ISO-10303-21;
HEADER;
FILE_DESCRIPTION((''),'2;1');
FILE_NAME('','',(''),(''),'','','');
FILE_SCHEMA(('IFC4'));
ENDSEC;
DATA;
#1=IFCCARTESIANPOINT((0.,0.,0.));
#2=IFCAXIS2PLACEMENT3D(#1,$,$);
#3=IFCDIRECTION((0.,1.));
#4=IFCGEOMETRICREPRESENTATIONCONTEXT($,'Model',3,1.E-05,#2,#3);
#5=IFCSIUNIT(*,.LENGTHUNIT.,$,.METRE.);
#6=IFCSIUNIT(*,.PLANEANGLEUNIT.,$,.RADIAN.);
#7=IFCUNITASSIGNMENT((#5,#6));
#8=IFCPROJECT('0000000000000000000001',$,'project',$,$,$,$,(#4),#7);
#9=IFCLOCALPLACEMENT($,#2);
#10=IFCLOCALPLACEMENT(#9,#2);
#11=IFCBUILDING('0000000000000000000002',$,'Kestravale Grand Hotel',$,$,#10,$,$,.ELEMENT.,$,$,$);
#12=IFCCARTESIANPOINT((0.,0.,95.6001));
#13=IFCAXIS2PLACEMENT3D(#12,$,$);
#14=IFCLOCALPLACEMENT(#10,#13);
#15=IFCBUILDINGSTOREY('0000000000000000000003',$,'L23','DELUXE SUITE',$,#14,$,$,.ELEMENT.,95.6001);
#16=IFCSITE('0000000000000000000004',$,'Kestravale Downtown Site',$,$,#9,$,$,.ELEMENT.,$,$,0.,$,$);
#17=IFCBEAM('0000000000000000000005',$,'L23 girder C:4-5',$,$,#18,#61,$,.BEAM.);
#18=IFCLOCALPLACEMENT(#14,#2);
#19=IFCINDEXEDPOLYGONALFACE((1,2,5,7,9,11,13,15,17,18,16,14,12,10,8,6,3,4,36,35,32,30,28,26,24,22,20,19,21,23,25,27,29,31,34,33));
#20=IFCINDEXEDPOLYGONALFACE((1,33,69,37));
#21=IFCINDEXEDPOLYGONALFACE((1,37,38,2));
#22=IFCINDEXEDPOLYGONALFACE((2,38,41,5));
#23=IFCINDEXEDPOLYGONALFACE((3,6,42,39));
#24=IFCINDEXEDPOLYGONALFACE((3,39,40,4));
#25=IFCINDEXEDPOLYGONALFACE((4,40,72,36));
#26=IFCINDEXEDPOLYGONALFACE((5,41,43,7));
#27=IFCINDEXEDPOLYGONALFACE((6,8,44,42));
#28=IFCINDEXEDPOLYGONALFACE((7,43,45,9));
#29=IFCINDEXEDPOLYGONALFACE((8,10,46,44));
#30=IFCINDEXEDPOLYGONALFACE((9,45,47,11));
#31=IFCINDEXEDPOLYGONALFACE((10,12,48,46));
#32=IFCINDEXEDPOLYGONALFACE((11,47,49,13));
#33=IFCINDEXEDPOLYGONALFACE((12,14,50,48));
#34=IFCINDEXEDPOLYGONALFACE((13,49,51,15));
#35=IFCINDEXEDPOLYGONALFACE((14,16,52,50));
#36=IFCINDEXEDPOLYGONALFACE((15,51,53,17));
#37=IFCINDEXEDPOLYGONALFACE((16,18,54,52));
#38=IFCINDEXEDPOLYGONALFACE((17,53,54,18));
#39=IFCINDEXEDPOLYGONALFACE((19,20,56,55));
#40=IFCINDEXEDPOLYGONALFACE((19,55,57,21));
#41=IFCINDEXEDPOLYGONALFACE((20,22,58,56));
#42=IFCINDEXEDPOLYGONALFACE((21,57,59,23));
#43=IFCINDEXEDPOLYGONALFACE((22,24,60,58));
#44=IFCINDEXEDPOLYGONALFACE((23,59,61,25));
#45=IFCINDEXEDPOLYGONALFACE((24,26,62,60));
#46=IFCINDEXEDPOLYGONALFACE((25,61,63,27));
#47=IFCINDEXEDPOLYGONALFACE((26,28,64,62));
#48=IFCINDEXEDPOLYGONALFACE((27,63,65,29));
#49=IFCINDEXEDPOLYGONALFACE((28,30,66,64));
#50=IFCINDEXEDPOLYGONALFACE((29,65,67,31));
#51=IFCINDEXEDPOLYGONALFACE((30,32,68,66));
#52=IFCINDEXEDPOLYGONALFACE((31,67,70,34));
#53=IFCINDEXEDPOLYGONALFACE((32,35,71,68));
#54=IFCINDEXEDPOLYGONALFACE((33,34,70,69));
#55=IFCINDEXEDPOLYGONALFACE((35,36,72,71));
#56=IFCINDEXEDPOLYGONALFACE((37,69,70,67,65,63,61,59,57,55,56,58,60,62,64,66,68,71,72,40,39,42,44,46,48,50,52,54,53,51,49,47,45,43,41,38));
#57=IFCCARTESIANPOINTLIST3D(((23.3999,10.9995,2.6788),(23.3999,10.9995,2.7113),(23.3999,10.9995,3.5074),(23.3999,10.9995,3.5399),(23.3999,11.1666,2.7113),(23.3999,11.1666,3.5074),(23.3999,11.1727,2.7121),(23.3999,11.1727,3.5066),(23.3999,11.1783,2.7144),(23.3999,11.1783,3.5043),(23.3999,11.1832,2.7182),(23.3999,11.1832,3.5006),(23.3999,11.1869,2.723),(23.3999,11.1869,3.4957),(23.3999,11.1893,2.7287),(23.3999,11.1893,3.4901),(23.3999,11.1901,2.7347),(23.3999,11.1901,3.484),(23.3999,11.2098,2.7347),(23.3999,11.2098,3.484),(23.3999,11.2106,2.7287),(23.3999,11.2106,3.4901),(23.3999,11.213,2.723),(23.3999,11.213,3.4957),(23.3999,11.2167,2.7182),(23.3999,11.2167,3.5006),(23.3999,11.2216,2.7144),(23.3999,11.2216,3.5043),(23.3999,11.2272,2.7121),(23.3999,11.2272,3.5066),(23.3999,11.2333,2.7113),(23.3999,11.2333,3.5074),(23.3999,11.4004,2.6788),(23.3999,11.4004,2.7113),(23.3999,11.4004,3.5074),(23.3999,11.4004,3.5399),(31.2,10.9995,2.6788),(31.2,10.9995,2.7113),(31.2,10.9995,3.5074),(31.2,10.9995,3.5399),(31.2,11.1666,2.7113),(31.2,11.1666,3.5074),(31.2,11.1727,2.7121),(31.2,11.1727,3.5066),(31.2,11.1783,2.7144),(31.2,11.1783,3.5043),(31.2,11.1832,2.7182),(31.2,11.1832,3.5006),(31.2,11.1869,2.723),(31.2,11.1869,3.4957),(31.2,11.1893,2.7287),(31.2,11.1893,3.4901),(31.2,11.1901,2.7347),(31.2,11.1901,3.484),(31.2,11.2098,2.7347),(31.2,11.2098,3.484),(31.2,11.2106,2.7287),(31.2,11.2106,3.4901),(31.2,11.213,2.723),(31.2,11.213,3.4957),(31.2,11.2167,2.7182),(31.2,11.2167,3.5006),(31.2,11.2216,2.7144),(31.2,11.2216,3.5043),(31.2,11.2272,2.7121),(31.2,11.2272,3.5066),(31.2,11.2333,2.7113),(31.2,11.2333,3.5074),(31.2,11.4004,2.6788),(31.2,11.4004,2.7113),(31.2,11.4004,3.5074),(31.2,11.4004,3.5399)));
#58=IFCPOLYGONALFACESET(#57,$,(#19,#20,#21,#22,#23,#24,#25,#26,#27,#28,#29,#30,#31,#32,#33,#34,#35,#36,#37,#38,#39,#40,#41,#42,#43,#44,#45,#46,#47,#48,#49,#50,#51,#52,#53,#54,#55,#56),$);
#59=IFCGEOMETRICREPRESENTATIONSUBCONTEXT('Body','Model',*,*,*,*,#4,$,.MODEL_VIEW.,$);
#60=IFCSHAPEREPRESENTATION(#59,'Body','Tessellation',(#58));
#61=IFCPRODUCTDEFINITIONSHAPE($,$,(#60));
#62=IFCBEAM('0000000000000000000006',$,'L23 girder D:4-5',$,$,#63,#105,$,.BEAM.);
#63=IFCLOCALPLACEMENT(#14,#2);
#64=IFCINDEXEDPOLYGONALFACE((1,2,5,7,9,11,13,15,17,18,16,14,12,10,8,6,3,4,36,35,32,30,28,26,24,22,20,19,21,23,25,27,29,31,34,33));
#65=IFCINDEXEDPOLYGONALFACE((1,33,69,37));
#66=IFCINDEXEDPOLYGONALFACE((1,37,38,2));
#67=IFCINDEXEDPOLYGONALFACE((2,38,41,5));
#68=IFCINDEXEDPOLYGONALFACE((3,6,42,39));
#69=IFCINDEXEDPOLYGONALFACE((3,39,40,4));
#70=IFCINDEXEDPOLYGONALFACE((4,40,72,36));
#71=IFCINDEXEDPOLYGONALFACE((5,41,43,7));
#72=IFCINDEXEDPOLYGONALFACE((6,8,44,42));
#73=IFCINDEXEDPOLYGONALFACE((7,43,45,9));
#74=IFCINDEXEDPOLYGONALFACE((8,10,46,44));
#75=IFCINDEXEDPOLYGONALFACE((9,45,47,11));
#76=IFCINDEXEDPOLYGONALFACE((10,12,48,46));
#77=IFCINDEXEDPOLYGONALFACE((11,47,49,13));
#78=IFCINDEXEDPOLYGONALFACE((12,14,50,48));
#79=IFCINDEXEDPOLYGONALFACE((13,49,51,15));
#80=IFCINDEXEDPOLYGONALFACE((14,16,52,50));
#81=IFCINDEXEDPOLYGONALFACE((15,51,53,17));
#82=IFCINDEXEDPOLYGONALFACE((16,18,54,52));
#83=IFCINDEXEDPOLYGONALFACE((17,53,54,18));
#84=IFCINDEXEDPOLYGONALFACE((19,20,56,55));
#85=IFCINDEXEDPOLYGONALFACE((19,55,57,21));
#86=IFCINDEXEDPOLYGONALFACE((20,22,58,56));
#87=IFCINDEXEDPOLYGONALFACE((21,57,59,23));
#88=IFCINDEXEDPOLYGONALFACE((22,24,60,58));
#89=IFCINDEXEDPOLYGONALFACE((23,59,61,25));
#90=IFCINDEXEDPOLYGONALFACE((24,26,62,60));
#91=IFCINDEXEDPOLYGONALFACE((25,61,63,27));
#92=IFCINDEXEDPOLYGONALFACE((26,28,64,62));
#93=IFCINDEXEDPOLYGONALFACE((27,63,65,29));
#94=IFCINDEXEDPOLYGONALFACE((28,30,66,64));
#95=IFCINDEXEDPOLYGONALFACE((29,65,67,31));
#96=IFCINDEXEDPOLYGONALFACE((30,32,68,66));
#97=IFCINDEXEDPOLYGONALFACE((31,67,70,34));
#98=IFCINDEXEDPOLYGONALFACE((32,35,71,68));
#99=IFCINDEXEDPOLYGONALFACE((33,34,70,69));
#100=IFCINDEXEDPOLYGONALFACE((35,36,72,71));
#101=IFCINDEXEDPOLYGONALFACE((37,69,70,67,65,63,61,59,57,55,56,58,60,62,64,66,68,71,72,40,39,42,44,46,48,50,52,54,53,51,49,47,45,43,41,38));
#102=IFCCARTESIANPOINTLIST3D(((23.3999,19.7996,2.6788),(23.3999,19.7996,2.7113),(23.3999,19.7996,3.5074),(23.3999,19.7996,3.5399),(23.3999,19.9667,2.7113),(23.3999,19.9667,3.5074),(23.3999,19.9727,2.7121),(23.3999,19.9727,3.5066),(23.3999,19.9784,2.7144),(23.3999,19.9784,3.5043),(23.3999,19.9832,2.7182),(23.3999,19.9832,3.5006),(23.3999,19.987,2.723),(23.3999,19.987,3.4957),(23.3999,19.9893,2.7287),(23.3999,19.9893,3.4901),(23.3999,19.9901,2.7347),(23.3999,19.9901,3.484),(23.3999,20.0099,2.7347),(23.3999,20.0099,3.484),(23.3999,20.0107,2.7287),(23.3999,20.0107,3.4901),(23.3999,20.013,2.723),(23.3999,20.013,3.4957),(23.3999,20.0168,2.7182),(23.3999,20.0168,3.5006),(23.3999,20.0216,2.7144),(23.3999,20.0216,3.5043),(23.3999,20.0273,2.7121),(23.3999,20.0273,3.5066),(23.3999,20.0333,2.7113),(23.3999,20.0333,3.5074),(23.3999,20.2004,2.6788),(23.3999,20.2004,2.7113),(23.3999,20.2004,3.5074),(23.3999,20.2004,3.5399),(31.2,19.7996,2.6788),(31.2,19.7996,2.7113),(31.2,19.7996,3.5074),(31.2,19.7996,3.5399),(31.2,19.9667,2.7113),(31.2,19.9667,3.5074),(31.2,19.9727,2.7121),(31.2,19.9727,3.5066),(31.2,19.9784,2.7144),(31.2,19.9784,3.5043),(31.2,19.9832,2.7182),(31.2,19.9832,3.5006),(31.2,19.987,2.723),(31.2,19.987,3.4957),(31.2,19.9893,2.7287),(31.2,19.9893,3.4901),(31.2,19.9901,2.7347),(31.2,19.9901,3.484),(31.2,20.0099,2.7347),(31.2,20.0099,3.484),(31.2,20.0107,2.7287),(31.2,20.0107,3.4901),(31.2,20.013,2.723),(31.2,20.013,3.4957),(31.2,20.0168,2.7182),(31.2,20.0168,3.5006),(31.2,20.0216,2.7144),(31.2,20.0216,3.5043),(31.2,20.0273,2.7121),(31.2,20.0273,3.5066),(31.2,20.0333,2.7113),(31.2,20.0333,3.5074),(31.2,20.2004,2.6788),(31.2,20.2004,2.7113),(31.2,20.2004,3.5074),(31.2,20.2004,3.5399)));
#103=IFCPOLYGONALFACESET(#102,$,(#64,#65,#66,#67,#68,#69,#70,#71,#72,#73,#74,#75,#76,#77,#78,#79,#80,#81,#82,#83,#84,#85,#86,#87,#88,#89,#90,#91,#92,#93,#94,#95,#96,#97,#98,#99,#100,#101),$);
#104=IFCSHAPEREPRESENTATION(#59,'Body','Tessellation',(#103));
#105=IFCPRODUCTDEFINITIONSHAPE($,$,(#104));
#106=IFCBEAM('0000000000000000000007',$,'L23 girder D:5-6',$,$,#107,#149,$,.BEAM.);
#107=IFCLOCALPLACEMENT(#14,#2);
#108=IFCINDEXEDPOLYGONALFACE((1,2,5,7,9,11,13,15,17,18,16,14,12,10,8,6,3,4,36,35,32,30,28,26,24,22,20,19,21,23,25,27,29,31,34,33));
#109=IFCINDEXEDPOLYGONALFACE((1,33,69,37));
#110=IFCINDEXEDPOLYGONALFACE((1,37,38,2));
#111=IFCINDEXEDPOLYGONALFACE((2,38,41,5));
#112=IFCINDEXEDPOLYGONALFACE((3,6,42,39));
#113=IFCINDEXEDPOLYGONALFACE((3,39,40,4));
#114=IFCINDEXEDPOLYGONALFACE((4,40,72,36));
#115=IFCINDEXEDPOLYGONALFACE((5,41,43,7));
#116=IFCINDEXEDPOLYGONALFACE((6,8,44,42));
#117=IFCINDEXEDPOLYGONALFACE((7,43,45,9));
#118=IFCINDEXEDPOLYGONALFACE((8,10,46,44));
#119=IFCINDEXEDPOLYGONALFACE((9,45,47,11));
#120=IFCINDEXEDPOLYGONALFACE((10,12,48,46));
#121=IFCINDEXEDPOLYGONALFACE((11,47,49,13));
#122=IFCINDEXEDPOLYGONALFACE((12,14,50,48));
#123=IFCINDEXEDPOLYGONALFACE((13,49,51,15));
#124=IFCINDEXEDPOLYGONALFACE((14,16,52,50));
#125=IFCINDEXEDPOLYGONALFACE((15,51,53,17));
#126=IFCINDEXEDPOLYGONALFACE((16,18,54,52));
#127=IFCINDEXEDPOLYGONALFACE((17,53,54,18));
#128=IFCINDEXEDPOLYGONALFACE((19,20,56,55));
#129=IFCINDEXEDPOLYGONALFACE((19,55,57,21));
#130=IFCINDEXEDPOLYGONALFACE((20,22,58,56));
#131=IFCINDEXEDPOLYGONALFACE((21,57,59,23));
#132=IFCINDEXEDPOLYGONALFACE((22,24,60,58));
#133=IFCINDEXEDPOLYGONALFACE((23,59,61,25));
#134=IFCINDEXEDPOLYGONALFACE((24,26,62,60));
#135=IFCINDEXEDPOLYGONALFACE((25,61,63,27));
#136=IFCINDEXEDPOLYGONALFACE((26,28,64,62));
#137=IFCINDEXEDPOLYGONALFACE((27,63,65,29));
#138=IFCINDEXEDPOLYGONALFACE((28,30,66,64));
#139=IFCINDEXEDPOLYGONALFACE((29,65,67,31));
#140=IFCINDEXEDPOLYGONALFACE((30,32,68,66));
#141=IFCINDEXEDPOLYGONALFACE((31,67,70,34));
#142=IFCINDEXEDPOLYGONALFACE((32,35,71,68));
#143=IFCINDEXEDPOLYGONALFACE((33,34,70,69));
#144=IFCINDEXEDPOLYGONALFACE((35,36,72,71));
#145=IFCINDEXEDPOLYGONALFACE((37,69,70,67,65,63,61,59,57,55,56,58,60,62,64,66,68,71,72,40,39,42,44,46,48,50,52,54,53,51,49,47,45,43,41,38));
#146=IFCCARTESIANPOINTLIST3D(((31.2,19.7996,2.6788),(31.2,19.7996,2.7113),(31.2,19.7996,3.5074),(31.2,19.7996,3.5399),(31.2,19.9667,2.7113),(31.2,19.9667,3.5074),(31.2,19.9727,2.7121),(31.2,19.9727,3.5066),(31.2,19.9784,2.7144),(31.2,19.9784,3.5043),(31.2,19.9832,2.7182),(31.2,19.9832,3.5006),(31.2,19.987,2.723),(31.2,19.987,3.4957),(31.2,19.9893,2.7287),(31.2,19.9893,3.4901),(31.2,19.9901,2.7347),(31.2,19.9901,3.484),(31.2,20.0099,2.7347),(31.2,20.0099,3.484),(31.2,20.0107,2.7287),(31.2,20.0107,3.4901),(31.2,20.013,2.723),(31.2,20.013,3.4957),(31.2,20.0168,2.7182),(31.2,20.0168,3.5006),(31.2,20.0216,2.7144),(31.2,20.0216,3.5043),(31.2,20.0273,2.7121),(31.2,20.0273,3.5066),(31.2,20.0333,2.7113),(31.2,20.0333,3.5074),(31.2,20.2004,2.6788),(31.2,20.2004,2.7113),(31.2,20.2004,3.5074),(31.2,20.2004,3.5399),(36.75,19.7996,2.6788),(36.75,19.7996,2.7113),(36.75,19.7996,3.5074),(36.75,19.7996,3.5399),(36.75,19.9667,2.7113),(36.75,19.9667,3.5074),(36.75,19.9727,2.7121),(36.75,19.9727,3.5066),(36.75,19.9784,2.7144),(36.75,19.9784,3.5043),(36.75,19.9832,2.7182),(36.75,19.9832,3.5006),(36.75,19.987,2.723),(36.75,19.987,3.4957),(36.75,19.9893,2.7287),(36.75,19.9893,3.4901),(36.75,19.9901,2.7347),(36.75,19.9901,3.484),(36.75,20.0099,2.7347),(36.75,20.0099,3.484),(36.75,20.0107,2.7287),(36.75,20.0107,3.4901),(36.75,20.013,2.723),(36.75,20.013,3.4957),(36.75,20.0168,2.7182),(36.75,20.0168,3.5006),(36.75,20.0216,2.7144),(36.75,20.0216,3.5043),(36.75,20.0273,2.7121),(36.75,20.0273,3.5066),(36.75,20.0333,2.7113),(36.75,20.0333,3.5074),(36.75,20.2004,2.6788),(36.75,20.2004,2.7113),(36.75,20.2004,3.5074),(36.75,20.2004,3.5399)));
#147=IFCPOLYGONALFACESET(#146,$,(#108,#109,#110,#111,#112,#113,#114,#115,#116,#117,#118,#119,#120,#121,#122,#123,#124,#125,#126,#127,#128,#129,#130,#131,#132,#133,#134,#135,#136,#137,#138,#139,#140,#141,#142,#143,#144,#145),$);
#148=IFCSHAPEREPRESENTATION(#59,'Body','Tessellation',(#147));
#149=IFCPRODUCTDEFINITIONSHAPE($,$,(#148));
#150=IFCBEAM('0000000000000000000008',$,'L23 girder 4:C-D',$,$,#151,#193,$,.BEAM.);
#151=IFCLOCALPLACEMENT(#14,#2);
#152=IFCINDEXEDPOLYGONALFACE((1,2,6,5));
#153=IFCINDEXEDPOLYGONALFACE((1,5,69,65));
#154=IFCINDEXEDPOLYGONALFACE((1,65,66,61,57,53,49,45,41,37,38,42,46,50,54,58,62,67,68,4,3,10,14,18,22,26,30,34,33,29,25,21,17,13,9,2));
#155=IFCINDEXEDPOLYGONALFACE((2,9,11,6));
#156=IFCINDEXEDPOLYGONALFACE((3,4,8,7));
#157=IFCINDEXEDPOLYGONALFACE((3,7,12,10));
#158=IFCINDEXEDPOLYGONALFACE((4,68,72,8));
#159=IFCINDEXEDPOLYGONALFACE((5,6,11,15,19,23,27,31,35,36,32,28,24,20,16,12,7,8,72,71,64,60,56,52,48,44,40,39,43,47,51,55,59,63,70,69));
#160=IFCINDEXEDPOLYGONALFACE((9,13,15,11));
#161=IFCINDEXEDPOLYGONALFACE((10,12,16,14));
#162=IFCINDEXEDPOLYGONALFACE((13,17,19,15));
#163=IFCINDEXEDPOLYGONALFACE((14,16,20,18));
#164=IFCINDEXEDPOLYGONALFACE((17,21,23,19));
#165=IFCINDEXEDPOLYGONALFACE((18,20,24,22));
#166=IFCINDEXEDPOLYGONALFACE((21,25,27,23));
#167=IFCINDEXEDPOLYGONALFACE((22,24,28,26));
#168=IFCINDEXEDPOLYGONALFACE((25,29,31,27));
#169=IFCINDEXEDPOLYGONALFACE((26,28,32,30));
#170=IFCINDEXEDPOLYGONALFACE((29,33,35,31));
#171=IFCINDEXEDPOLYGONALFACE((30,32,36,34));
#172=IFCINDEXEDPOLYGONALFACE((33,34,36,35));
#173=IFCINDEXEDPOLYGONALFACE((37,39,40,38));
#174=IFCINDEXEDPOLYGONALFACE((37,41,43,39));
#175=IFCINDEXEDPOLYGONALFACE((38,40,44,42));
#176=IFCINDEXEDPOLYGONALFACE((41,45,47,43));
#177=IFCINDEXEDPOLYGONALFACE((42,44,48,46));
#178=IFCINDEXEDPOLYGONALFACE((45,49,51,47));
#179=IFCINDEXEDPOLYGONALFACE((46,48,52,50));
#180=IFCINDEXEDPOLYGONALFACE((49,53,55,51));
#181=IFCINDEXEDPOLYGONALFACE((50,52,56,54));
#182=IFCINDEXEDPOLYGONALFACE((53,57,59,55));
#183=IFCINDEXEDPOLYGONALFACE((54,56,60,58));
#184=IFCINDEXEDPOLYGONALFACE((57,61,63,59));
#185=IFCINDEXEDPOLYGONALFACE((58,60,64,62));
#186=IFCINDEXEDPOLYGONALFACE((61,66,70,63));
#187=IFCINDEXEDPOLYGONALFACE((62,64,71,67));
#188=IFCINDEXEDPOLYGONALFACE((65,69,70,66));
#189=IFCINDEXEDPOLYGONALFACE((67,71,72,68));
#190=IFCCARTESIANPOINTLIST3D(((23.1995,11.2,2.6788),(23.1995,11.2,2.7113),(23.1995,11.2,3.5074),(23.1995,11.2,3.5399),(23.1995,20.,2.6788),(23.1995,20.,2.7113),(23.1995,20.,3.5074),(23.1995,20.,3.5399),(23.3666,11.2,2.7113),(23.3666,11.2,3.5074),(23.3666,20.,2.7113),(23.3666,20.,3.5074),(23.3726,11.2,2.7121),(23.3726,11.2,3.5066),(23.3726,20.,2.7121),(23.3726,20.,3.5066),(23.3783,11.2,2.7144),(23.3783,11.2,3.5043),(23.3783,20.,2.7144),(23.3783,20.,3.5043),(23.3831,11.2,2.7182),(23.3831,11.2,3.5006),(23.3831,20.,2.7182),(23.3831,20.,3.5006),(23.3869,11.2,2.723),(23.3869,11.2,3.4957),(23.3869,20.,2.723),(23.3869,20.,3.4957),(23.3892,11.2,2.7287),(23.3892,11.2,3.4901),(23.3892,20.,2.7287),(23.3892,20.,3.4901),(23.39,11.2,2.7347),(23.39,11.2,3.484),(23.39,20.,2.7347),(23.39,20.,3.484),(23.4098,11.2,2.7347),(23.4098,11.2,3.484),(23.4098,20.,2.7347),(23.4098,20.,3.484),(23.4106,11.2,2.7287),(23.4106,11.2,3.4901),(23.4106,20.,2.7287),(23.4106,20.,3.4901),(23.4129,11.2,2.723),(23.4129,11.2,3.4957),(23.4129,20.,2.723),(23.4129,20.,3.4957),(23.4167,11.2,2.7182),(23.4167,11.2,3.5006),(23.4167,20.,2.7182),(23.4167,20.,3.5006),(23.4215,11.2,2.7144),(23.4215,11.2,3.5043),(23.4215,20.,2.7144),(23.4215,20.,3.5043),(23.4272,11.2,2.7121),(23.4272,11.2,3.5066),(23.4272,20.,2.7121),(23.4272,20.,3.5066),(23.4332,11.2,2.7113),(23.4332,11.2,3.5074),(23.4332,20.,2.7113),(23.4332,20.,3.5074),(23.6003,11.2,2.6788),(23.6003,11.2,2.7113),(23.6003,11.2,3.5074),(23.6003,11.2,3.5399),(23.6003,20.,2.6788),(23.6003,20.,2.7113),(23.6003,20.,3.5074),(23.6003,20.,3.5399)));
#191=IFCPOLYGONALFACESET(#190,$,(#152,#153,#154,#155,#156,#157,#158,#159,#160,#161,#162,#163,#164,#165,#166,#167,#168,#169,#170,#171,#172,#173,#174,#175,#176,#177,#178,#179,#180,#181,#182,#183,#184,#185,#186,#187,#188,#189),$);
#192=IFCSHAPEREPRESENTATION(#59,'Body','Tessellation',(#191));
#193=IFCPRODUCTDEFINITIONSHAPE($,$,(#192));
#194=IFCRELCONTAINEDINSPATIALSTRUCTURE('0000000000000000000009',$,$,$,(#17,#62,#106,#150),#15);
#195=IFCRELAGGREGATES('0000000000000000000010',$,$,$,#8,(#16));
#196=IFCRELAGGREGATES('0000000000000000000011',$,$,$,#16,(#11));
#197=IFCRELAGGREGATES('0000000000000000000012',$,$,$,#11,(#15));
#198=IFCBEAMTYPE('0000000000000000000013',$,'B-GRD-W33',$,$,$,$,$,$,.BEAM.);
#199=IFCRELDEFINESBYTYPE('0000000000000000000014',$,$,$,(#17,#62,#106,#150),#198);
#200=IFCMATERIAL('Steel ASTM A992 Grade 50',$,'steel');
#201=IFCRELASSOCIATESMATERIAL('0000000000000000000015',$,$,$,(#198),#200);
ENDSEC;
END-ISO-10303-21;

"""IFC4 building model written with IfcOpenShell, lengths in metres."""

from ifc_helpers import new_model, si_unit, direction, frame, origin, origin_2d, place, context, subcontext, project, spatial, i_section, extrude, material, material_profile, profile_set, type_object, element, save


model = new_model("IFC4")

# Units and contexts
model_context = context("Model", 3, precision=1e-05, world=origin(), true_north=direction((0.0, 1.0)))
body_context = subcontext(model_context, "Body", "Model", "MODEL_VIEW")
ifc_project = project(units=[si_unit("LENGTHUNIT", "METRE"), si_unit("PLANEANGLEUNIT", "RADIAN")], contexts=[model_context])

# Site, building, storey
site_placement = place(None, origin())
site = spatial("IfcSite", under=ifc_project, at=site_placement, Name="Kestravale Downtown Site", CompositionType="ELEMENT", RefElevation=0.0)
building_placement = place(site_placement, origin())
building = spatial("IfcBuilding", under=site, at=building_placement, Name="Kestravale Grand Hotel", CompositionType="ELEMENT")
storey_placement = place(building_placement, frame((0.0, 0.0, 95.6001)))
storey = spatial("IfcBuildingStorey", under=building, at=storey_placement, Name="L23", Description="DELUXE SUITE", CompositionType="ELEMENT", Elevation=95.6001)

# Beams
ifc_material_1 = material(Name="Steel ASTM A992 Grade 50", Category="steel")
ifc_material_profile_1 = material_profile(ifc_material_1, i_section(OverallWidth=0.4009, OverallDepth=0.8611, WebThickness=0.0198, FlangeThickness=0.0325, FilletRadius=0.0234, at=origin_2d()))
ifc_profile_set_1 = profile_set([ifc_material_profile_1], Name="Steel ASTM A992 Grade 50")
beam_type_1 = type_object("IfcBeamType", Name="B-GRD-W33", PredefinedType="BEAM", material=ifc_profile_set_1)
for number, where, z_axis, x_axis, name in (
    (1, (23.3999, 11.2, 3.1094), (1.0, 0.0, 0.0), (0.0, 1.0, 0.0), "L23 girder C:4-5"),
    (2, (23.3999, 20.0, 3.1094), (1.0, 0.0, 0.0), (0.0, 1.0, 0.0), "L23 girder D:4-5"),
):
    element("IfcBeam", number, at=place(storey_placement, frame(where, z_axis=z_axis, x_axis=x_axis)), inside=storey, type_object=beam_type_1, Name=name, PredefinedType="BEAM", context=body_context, shape_type="SweptSolid", body=[
        extrude(i_section(OverallWidth=0.4009, OverallDepth=0.8611, WebThickness=0.0198, FlangeThickness=0.0325, FilletRadius=0.0234, at=origin_2d()), origin(), (0.0, 0.0, 1.0), 7.8),
    ])
beam_1_placement = place(storey_placement, frame((31.2, 20.0, 3.1094), z_axis=(1.0, 0.0, 0.0), x_axis=(0.0, 1.0, 0.0)))
element("IfcBeam", 3, at=beam_1_placement, inside=storey, type_object=beam_type_1, Name="L23 girder D:5-6", PredefinedType="BEAM", context=body_context, shape_type="SweptSolid", body=[
    extrude(i_section(OverallWidth=0.4009, OverallDepth=0.8611, WebThickness=0.0198, FlangeThickness=0.0325, FilletRadius=0.0234, at=origin_2d()), origin(), (0.0, 0.0, 1.0), 5.55),
])
beam_2_placement = place(storey_placement, frame((23.3999, 11.2, 3.1094), z_axis=(0.0, 1.0, 0.0), x_axis=(-1.0, 0.0, 0.0)))
element("IfcBeam", 4, at=beam_2_placement, inside=storey, type_object=beam_type_1, Name="L23 girder 4:C-D", PredefinedType="BEAM", context=body_context, shape_type="SweptSolid", body=[
    extrude(i_section(OverallWidth=0.4009, OverallDepth=0.8611, WebThickness=0.0198, FlangeThickness=0.0325, FilletRadius=0.0234, at=origin_2d()), origin(), (0.0, 0.0, 1.0), 8.8),
])

save(model, "model.ifc")
